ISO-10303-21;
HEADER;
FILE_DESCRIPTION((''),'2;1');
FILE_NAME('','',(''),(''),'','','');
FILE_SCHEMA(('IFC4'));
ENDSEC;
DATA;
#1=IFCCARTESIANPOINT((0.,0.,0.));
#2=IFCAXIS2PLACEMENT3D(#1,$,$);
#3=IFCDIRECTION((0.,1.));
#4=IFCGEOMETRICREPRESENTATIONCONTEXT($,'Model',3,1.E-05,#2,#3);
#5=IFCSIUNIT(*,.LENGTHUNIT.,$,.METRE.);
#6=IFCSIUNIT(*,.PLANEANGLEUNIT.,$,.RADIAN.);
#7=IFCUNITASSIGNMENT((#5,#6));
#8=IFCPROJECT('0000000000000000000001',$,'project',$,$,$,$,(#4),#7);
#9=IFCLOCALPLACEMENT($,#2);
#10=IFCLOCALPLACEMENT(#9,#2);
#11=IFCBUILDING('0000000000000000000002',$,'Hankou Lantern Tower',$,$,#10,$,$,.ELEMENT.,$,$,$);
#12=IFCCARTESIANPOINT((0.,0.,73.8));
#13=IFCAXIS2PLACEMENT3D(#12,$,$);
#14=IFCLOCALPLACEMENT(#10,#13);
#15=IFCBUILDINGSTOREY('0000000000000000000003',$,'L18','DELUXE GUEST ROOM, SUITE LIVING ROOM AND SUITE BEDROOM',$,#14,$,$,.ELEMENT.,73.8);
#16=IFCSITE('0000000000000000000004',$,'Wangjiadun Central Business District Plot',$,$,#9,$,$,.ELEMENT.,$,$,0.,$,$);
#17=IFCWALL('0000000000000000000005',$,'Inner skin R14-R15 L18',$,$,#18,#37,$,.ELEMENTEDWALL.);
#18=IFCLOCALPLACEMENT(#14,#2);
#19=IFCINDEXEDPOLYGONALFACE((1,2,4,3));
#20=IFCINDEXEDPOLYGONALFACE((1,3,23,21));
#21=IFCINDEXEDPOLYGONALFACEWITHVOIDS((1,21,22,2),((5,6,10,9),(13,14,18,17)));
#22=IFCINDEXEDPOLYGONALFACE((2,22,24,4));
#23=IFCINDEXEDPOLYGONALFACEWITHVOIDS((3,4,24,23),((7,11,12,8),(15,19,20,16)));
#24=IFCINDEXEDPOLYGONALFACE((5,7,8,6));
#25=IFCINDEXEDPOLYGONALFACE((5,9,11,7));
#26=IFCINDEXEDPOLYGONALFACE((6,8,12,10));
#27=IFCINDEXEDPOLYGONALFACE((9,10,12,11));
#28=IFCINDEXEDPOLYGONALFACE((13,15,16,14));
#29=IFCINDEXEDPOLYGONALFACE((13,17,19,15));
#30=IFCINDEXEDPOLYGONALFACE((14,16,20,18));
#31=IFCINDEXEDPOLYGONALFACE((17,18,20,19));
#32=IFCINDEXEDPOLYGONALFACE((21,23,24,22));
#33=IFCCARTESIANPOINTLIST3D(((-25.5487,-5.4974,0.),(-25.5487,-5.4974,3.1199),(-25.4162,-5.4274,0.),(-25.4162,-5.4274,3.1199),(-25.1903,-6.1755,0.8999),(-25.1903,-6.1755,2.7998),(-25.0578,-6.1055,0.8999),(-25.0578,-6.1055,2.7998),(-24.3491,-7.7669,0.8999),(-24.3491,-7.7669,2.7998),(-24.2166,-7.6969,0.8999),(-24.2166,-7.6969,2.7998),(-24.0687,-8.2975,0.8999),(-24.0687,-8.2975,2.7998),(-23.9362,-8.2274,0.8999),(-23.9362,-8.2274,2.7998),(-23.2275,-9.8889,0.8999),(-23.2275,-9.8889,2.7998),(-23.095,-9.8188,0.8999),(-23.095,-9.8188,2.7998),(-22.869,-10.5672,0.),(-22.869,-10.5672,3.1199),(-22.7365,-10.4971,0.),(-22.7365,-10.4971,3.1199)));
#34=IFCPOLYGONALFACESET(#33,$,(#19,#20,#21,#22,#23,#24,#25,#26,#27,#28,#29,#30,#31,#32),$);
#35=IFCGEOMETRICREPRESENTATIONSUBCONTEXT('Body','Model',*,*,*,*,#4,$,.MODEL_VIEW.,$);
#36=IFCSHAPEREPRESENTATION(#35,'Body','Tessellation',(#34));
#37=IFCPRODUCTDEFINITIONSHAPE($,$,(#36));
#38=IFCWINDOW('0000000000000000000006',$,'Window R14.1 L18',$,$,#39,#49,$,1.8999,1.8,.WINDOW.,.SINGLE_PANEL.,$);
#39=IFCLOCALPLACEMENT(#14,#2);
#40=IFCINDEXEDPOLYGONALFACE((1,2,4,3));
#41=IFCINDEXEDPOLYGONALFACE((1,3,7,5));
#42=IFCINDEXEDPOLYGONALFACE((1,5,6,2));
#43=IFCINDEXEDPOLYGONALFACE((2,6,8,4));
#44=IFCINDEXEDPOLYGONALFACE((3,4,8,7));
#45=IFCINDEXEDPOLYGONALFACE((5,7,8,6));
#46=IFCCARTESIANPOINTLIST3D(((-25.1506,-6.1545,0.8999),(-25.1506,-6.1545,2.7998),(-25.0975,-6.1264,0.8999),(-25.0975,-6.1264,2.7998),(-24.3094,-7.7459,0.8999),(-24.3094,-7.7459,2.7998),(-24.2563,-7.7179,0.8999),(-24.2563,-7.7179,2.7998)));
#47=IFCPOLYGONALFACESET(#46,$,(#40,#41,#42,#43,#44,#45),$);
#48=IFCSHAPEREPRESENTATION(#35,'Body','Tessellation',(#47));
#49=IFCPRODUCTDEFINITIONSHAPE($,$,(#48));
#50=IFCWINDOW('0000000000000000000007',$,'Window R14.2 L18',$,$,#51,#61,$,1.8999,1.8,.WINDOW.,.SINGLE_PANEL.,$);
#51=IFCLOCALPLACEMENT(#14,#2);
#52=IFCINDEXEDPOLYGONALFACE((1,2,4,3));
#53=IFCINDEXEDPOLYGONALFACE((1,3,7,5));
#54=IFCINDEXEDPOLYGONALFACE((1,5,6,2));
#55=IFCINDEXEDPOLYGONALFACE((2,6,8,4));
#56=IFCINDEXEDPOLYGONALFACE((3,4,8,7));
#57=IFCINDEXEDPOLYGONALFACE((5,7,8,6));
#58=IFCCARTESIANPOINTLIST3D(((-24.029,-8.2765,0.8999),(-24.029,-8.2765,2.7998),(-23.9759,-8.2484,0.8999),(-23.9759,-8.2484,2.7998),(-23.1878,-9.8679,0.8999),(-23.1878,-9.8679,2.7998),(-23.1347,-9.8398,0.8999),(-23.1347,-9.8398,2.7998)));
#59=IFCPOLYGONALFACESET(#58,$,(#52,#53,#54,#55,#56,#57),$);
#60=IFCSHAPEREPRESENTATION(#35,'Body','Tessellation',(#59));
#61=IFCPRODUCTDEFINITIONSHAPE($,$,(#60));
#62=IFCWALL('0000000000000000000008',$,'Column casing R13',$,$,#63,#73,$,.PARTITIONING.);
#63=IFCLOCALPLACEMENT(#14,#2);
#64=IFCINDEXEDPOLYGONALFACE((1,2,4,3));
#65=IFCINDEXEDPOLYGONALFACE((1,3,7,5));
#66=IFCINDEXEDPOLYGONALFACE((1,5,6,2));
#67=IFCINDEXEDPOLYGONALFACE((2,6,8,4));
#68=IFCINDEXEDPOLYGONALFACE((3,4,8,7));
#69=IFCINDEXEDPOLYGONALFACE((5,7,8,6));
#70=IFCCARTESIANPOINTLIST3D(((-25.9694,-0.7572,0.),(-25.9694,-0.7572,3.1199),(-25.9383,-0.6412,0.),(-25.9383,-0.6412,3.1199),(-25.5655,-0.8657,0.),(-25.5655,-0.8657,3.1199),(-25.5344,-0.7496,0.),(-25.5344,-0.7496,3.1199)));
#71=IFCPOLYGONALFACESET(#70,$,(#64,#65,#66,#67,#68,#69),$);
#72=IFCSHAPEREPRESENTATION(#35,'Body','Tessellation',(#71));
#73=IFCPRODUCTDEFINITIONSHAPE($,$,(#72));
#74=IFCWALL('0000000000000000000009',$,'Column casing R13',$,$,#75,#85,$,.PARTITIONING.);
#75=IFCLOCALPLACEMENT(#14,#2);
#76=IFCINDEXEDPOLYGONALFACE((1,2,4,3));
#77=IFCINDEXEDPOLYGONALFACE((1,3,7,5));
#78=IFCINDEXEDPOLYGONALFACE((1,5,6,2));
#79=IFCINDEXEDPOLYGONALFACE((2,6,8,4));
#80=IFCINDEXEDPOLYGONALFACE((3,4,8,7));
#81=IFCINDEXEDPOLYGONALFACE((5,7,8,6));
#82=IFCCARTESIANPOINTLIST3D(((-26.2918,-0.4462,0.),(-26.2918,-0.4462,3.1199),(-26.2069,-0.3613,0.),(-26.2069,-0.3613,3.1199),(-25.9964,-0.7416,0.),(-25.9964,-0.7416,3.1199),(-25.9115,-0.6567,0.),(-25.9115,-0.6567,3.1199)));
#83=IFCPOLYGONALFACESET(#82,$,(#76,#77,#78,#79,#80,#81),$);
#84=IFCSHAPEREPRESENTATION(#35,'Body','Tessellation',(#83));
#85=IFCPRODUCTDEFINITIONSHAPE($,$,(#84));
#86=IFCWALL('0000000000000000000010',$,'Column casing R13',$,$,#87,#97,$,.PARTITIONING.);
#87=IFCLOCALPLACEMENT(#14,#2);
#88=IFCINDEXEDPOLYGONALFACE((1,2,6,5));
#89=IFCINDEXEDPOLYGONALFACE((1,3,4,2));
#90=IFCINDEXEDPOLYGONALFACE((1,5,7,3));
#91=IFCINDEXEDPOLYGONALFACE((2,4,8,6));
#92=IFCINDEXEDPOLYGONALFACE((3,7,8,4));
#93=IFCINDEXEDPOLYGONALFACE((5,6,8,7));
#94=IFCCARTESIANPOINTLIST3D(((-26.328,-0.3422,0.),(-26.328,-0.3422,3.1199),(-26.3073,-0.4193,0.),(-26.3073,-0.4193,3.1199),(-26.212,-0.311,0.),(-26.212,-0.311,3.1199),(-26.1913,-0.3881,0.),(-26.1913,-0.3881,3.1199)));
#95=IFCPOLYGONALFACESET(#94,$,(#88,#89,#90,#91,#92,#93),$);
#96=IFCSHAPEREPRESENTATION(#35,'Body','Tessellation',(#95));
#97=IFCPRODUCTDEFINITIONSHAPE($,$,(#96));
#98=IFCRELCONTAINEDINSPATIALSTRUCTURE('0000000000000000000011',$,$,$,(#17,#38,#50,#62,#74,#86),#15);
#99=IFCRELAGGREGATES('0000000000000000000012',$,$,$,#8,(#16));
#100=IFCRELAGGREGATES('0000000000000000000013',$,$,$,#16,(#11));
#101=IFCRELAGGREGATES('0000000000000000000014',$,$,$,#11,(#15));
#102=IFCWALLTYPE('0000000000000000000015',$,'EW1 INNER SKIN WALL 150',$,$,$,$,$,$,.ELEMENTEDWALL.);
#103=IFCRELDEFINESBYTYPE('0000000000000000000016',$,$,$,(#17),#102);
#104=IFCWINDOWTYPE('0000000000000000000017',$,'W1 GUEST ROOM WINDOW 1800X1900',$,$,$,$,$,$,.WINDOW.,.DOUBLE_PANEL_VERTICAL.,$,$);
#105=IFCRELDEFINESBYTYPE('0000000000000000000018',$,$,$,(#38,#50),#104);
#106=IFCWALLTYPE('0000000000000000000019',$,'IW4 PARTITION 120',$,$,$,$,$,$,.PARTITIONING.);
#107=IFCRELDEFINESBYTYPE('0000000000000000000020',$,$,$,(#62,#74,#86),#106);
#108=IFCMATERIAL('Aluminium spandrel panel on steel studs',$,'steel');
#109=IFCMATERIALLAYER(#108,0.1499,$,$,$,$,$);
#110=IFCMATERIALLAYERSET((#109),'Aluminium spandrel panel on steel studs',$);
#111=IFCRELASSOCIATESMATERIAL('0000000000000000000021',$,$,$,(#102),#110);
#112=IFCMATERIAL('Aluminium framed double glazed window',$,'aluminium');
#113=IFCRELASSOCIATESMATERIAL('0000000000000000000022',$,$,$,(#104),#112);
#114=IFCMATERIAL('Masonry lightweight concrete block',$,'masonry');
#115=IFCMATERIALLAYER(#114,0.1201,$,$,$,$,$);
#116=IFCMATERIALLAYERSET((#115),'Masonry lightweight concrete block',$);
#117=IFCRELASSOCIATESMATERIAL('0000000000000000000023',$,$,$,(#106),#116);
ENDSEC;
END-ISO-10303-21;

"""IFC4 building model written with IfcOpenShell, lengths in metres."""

from ifc_helpers import new_model, si_unit, direction, frame, frame_2d, origin, place, context, subcontext, project, spatial, rectangle, extrude, material, layer, layer_set, type_object, element, fill, save


model = new_model("IFC4")

# Units and contexts
model_context = context("Model", 3, precision=1e-05, world=origin(), true_north=direction((0.0, 1.0)))
body_context = subcontext(model_context, "Body", "Model", "MODEL_VIEW")
ifc_project = project(units=[si_unit("LENGTHUNIT", "METRE"), si_unit("PLANEANGLEUNIT", "RADIAN")], contexts=[model_context])

# Site, building, storey
site_placement = place(None, origin())
site = spatial("IfcSite", under=ifc_project, at=site_placement, Name="Wangjiadun Central Business District Plot", CompositionType="ELEMENT", RefElevation=0.0)
building_placement = place(site_placement, origin())
building = spatial("IfcBuilding", under=site, at=building_placement, Name="Hankou Lantern Tower", CompositionType="ELEMENT")
storey_placement = place(building_placement, frame((0.0, 0.0, 73.8)))
storey = spatial("IfcBuildingStorey", under=building, at=storey_placement, Name="L18", Description="DELUXE GUEST ROOM, SUITE LIVING ROOM AND SUITE BEDROOM", CompositionType="ELEMENT", Elevation=73.8)

# Wall, openings, windows
ifc_material_1 = material(Name="Aluminium spandrel panel on steel studs", Category="steel")
ifc_layer_1 = layer(ifc_material_1, 0.1499)
ifc_layer_set_1 = layer_set([ifc_layer_1], Name="Aluminium spandrel panel on steel studs")
wall_type_1 = type_object("IfcWallType", Name="EW1 INNER SKIN WALL 150", PredefinedType="ELEMENTEDWALL", material=ifc_layer_set_1)
ifc_material_2 = material(Name="Aluminium framed double glazed window", Category="aluminium")
window_type = type_object("IfcWindowType", Name="W1 GUEST ROOM WINDOW 1800X1900", PartitioningType="DOUBLE_PANEL_VERTICAL", PredefinedType="WINDOW", material=ifc_material_2)
wall_1_placement = place(storey_placement, frame((-25.4824, -5.4624, 0.0), z_axis=(0.0, 0.0, 1.0), x_axis=(0.467297, -0.8841, 0.0)))
wall_1 = element("IfcWall", 1, at=wall_1_placement, inside=storey, type_object=wall_type_1, Name="Inner skin R14-R15 L18", PredefinedType="ELEMENTEDWALL", context=body_context, shape_type="SweptSolid", body=[
    extrude(rectangle(XDim=5.7344, YDim=0.1499, at=frame_2d((2.8672, 0.0))), origin(), (0.0, 0.0, 1.0), 3.1199),
])
opening_1_placement = place(wall_1_placement, frame((0.7671, 0.0, 0.8999)))
opening_1 = element("IfcOpeningElement", 2, at=opening_1_placement, cuts=wall_1, PredefinedType="OPENING", context=body_context, shape_type="SweptSolid", body=[
    extrude(rectangle(XDim=1.8, YDim=1.8999, at=frame_2d((0.8999, 0.95))), frame((0.0, 0.085, 0.0), z_axis=(0.0, -1.0, 0.0), x_axis=(1.0, 0.0, 0.0)), (0.0, 0.0, 1.0), 0.1699),
])
opening_2_placement = place(wall_1_placement, frame((3.1672, 0.0, 0.8999)))
opening_2 = element("IfcOpeningElement", 3, at=opening_2_placement, cuts=wall_1, PredefinedType="OPENING", context=body_context, shape_type="SweptSolid", body=[
    extrude(rectangle(XDim=1.8, YDim=1.8999, at=frame_2d((0.8999, 0.95))), frame((0.0, 0.085, 0.0), z_axis=(0.0, -1.0, 0.0), x_axis=(1.0, 0.0, 0.0)), (0.0, 0.0, 1.0), 0.1699),
])
window_1_placement = place(opening_1_placement, origin())
window_1 = element("IfcWindow", 4, at=window_1_placement, inside=storey, type_object=window_type, Name="Window R14.1 L18", OverallHeight=1.8999, OverallWidth=1.8, PartitioningType="SINGLE_PANEL", PredefinedType="WINDOW", context=body_context, shape_type="SweptSolid", body=[
    extrude(rectangle(XDim=1.8, YDim=1.8999, at=frame_2d((0.8999, 0.95))), frame((0.0, 0.03, 0.0), z_axis=(0.0, -1.0, 0.0), x_axis=(1.0, 0.0, 0.0)), (0.0, 0.0, 1.0), 0.0601),
])
fill(opening_1, window_1)
window_2_placement = place(opening_2_placement, origin())
window_2 = element("IfcWindow", 5, at=window_2_placement, inside=storey, type_object=window_type, Name="Window R14.2 L18", OverallHeight=1.8999, OverallWidth=1.8, PartitioningType="SINGLE_PANEL", PredefinedType="WINDOW", context=body_context, shape_type="SweptSolid", body=[
    extrude(rectangle(XDim=1.8, YDim=1.8999, at=frame_2d((0.8999, 0.95))), frame((0.0, 0.03, 0.0), z_axis=(0.0, -1.0, 0.0), x_axis=(1.0, 0.0, 0.0)), (0.0, 0.0, 1.0), 0.0601),
])
fill(opening_2, window_2)

# Walls
ifc_material_3 = material(Name="Masonry lightweight concrete block", Category="masonry")
ifc_layer_2 = layer(ifc_material_3, 0.1201)
ifc_layer_set_2 = layer_set([ifc_layer_2], Name="Masonry lightweight concrete block")
wall_type_2 = type_object("IfcWallType", Name="IW4 PARTITION 120", PredefinedType="PARTITIONING", material=ifc_layer_set_2)
wall_2_placement = place(storey_placement, frame((-25.55, -0.8076, 0.0), z_axis=(0.0, 0.0, 1.0), x_axis=(-0.965807, 0.259261, 0.0)))
element("IfcWall", 6, at=wall_2_placement, inside=storey, type_object=wall_type_2, Name="Column casing R13", PredefinedType="PARTITIONING", context=body_context, shape_type="SweptSolid", body=[
    extrude(rectangle(XDim=0.4182, YDim=0.1201, at=frame_2d((0.209, 0.0))), origin(), (0.0, 0.0, 1.0), 3.1199),
])
wall_3_placement = place(storey_placement, frame((-25.9539, -0.6992, 0.0), z_axis=(0.0, 0.0, 1.0), x_axis=(-0.707107, 0.707107, 0.0)))
element("IfcWall", 7, at=wall_3_placement, inside=storey, type_object=wall_type_2, Name="Column casing R13", PredefinedType="PARTITIONING", context=body_context, shape_type="SweptSolid", body=[
    extrude(rectangle(XDim=0.4177, YDim=0.1201, at=frame_2d((0.209, 0.0))), origin(), (0.0, 0.0, 1.0), 3.1199),
])
wall_4_placement = place(storey_placement, frame((-26.2493, -0.4038, 0.0), z_axis=(0.0, 0.0, 1.0), x_axis=(-0.259754, 0.965675, 0.0)))
element("IfcWall", 8, at=wall_4_placement, inside=storey, type_object=wall_type_2, Name="Column casing R13", PredefinedType="PARTITIONING", context=body_context, shape_type="SweptSolid", body=[
    extrude(rectangle(XDim=0.0798, YDim=0.1201, at=frame_2d((0.04, 0.0))), origin(), (0.0, 0.0, 1.0), 3.1199),
])

save(model, "model.ifc")
